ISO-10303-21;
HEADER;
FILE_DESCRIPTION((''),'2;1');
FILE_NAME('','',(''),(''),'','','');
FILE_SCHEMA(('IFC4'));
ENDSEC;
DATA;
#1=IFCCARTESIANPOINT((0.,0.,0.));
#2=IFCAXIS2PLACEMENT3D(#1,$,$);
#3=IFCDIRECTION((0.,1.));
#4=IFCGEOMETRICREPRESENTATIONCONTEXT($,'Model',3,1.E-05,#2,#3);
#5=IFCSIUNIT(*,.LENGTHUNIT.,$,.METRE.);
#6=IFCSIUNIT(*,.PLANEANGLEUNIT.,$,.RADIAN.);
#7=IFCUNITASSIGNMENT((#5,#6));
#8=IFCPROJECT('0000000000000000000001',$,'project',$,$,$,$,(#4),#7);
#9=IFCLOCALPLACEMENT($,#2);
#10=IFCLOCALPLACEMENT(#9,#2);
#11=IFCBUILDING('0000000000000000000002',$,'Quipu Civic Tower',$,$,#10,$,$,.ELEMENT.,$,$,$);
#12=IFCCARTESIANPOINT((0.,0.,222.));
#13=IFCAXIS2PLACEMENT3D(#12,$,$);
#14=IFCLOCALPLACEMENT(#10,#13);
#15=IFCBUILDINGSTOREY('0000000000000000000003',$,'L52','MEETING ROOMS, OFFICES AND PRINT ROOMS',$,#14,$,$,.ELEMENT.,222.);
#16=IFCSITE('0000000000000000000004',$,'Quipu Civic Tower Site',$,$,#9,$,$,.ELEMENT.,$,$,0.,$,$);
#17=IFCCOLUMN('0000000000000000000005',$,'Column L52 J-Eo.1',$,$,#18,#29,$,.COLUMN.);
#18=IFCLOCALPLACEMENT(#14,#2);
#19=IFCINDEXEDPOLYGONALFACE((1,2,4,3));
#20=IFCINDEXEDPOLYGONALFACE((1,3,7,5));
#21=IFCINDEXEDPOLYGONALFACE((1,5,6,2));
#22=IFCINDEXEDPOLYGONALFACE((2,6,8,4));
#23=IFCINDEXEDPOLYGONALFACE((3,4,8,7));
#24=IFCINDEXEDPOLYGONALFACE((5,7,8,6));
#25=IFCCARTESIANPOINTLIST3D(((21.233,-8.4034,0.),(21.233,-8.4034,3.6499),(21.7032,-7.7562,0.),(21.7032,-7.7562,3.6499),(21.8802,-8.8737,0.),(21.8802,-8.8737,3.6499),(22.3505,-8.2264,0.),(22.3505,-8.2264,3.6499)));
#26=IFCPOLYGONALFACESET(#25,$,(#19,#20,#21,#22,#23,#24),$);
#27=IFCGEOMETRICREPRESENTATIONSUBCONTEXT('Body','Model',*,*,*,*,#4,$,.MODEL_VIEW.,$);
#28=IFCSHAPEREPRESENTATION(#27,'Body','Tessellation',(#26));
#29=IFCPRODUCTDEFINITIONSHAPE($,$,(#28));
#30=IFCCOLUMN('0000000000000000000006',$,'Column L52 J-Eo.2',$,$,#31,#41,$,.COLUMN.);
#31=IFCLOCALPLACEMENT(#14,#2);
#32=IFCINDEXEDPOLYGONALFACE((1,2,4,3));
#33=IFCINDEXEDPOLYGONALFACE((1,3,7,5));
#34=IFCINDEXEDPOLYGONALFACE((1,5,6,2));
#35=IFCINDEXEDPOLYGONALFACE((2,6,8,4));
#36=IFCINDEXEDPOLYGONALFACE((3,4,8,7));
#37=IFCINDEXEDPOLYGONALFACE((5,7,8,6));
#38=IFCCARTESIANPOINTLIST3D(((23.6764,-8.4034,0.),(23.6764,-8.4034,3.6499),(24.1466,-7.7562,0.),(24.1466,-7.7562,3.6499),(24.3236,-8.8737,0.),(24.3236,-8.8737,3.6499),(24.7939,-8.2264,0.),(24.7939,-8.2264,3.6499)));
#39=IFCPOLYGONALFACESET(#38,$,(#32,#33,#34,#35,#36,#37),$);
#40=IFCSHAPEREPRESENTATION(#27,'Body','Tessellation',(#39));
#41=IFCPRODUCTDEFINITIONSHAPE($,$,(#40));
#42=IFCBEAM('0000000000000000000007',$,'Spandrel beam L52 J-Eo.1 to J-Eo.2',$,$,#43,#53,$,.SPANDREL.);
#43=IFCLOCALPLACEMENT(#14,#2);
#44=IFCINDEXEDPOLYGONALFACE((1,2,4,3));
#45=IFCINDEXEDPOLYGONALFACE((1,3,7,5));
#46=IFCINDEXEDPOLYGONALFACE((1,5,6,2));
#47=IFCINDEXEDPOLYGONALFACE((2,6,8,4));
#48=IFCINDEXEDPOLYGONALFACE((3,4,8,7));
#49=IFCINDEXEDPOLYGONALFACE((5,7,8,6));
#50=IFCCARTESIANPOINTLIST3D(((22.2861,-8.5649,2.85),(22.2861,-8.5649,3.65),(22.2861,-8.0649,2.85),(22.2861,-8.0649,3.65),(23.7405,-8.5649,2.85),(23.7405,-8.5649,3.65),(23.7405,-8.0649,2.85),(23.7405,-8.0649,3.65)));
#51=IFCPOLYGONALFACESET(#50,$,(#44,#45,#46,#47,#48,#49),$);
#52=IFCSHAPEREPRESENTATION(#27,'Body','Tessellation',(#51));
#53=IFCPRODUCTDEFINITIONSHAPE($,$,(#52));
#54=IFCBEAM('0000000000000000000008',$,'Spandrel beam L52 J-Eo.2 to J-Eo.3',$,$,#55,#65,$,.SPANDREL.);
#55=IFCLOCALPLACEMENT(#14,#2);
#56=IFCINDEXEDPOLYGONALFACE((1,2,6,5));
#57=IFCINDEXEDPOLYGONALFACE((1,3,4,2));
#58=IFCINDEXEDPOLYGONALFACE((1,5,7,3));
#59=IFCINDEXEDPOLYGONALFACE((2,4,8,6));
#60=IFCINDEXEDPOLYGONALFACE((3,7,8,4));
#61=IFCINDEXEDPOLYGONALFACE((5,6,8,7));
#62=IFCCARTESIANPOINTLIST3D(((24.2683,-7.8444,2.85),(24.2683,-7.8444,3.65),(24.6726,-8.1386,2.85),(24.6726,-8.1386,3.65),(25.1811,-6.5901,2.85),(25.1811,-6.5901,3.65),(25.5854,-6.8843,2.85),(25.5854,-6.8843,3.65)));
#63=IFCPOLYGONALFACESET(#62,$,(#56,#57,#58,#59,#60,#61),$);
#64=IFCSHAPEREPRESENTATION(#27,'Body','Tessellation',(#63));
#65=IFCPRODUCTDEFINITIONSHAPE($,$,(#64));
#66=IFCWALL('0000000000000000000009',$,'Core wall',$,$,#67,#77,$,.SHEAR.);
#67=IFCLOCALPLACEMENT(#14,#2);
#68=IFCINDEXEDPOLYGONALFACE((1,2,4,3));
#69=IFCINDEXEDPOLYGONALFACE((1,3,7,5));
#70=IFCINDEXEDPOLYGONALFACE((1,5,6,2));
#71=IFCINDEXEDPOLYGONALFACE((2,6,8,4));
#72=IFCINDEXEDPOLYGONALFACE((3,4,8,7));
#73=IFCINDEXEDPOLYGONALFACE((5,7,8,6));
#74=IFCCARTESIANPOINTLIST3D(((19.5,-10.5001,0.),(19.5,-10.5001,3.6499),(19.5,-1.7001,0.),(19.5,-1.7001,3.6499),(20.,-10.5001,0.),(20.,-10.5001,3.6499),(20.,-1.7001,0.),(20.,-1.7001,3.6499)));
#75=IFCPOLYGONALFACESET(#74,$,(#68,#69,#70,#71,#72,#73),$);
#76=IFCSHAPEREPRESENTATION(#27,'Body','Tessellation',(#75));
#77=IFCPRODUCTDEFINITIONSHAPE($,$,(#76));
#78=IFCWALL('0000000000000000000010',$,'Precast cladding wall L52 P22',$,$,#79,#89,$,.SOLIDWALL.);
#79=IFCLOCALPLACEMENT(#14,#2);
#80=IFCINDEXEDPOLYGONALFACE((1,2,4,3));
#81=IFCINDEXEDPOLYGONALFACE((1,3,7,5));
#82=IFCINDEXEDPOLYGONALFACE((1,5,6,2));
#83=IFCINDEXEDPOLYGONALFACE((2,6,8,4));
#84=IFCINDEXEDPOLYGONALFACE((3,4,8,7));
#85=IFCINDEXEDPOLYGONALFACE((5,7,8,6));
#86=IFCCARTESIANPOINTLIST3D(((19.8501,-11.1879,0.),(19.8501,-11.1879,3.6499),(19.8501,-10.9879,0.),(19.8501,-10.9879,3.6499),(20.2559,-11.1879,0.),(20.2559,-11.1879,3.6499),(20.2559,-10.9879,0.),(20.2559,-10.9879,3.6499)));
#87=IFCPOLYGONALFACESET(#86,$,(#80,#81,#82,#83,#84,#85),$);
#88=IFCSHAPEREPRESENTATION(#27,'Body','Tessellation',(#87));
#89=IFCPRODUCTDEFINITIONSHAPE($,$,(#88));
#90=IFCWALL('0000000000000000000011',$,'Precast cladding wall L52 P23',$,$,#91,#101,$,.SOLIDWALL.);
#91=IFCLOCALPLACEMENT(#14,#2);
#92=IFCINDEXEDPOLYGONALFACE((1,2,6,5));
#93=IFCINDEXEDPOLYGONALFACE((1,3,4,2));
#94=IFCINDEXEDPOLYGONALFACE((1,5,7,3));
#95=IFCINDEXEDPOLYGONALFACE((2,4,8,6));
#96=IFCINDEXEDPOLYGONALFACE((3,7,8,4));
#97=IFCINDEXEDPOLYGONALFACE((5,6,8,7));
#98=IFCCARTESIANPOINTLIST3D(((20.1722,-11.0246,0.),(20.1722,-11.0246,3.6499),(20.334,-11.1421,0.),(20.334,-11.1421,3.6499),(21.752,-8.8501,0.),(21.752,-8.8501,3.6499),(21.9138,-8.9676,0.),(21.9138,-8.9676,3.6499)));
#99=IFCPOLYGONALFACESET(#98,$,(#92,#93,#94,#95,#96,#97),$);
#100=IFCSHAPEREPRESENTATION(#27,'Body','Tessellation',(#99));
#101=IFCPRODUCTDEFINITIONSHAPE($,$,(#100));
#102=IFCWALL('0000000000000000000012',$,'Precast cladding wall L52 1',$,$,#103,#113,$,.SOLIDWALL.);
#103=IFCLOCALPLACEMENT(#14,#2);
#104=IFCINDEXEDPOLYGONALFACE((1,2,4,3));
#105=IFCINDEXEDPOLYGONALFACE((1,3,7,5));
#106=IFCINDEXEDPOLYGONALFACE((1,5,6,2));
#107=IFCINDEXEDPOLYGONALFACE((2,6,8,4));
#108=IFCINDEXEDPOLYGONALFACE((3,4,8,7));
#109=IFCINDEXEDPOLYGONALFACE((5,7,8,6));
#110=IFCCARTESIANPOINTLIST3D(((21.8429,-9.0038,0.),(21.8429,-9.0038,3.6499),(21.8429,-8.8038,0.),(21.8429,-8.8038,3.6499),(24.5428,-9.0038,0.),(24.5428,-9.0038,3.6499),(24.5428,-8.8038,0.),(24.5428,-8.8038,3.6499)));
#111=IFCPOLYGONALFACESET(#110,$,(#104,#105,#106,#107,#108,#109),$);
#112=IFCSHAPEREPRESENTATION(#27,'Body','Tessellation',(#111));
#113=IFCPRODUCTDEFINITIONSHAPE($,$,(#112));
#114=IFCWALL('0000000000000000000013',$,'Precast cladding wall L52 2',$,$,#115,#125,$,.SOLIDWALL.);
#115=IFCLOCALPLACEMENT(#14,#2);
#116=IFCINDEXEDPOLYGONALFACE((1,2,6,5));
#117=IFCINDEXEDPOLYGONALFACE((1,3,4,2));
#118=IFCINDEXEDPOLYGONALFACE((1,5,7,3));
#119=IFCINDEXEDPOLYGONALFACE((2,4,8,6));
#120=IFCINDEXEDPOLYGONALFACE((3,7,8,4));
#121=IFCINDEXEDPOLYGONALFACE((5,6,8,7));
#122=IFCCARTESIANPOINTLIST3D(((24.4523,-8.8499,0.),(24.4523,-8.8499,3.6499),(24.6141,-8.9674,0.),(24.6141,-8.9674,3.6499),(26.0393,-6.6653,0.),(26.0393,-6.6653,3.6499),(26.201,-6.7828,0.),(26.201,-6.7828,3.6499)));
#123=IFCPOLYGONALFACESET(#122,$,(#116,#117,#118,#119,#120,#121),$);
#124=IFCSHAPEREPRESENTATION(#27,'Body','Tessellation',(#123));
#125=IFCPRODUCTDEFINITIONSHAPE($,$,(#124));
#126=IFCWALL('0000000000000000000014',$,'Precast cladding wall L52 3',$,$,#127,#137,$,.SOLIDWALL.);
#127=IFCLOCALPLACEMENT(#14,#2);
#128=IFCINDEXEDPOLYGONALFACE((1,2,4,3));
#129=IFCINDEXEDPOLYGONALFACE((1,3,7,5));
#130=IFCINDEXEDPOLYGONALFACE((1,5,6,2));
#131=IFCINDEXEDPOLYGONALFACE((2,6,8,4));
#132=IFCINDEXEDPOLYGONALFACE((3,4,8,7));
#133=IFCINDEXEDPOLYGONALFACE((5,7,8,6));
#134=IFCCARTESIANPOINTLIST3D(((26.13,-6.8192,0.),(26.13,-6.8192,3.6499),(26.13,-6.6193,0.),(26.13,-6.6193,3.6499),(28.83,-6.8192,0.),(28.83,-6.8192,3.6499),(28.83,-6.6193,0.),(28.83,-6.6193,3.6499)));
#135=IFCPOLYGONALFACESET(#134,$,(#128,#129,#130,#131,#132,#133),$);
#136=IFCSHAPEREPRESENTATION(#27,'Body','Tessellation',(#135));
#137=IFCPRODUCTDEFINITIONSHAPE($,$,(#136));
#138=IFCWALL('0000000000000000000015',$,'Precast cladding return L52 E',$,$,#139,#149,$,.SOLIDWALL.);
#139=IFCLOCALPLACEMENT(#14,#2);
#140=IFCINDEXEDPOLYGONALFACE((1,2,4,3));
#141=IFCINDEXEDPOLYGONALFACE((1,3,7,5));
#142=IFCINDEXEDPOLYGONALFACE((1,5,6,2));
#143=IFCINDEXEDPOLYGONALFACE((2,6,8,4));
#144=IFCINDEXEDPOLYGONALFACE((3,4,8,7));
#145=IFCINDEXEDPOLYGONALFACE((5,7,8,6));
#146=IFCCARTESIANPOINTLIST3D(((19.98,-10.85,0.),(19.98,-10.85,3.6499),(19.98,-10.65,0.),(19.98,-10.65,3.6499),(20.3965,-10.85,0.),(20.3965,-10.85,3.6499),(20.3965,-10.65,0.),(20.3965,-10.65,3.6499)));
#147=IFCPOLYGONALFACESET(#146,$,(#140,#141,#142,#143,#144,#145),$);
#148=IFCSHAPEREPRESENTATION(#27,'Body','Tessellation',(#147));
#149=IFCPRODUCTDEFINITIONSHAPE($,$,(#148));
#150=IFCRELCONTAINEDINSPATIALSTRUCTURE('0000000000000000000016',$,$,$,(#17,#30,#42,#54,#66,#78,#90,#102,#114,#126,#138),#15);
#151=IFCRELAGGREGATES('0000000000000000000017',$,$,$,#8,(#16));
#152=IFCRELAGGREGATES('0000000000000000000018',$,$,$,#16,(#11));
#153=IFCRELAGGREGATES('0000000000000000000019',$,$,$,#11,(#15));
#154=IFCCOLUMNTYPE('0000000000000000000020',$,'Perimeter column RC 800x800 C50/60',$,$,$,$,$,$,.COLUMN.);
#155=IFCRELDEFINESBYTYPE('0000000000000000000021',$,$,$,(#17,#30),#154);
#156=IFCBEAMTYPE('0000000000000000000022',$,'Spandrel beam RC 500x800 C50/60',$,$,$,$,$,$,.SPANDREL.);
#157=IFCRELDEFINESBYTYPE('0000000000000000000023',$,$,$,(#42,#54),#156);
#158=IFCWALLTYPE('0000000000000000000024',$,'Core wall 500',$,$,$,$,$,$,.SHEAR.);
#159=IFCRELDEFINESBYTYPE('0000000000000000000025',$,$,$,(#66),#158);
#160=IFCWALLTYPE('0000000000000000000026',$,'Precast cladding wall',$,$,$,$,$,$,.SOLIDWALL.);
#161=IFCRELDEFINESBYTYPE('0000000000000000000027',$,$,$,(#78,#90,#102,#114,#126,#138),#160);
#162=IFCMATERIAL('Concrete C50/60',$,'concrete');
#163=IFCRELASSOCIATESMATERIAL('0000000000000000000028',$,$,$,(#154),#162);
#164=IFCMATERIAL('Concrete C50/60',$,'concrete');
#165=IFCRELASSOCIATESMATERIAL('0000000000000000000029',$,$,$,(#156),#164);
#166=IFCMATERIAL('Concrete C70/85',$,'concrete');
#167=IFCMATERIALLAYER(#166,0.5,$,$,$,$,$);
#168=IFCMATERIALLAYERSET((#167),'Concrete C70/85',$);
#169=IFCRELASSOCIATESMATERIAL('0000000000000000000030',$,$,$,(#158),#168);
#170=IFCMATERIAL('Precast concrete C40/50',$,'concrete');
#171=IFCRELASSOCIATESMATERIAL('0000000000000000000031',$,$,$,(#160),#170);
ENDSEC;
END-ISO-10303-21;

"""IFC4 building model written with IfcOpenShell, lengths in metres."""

from ifc_helpers import new_model, si_unit, direction, frame, frame_2d, origin, origin_2d, place, context, subcontext, project, spatial, rectangle, extrude, material, layer, layer_set, material_profile, profile_set, type_object, element, save


model = new_model("IFC4")

# Units and contexts
model_context = context("Model", 3, precision=1e-05, world=origin(), true_north=direction((0.0, 1.0)))
body_context = subcontext(model_context, "Body", "Model", "MODEL_VIEW")
ifc_project = project(units=[si_unit("LENGTHUNIT", "METRE"), si_unit("PLANEANGLEUNIT", "RADIAN")], contexts=[model_context])

# Site, building, storey
site_placement = place(None, origin())
site = spatial("IfcSite", under=ifc_project, at=site_placement, Name="Quipu Civic Tower Site", CompositionType="ELEMENT", RefElevation=0.0)
building_placement = place(site_placement, origin())
building = spatial("IfcBuilding", under=site, at=building_placement, Name="Quipu Civic Tower", CompositionType="ELEMENT")
storey_placement = place(building_placement, frame((0.0, 0.0, 222.0)))
storey = spatial("IfcBuildingStorey", under=building, at=storey_placement, Name="L52", Description="MEETING ROOMS, OFFICES AND PRINT ROOMS", CompositionType="ELEMENT", Elevation=222.0)

# Columns
ifc_material_1 = material(Name="Concrete C50/60", Category="concrete")
ifc_material_profile_1 = material_profile(ifc_material_1, rectangle(XDim=0.8, YDim=0.8, at=origin_2d()), Name="RC800x800")
ifc_profile_set_1 = profile_set([ifc_material_profile_1], Name="Concrete C50/60")
column_type = type_object("IfcColumnType", Name="Perimeter column RC 800x800 C50/60", PredefinedType="COLUMN", material=ifc_profile_set_1)
for number, where, z_axis, x_axis, name in (
    (1, (21.7917, -8.3149, 0.0), (0.0, 0.0, 1.0), (0.587785, 0.809017, 0.0), "Column L52 J-Eo.1"),
    (2, (24.2351, -8.3149, 0.0), (0.0, 0.0, 1.0), (0.587785, 0.809017, 0.0), "Column L52 J-Eo.2"),
):
    element("IfcColumn", number, at=place(storey_placement, frame(where, z_axis=z_axis, x_axis=x_axis)), inside=storey, type_object=column_type, Name=name, PredefinedType="COLUMN", context=body_context, shape_type="SweptSolid", body=[
        extrude(rectangle(XDim=0.8, YDim=0.8, at=origin_2d()), origin(), (0.0, 0.0, 1.0), 3.6499),
    ])

# Beams
ifc_material_2 = material(Name="Concrete C50/60", Category="concrete")
ifc_material_profile_2 = material_profile(ifc_material_2, rectangle(XDim=0.5, YDim=0.8, at=origin_2d()), Name="RC500x800")
ifc_profile_set_2 = profile_set([ifc_material_profile_2], Name="Concrete C50/60")
beam_type = type_object("IfcBeamType", Name="Spandrel beam RC 500x800 C50/60", PredefinedType="SPANDREL", material=ifc_profile_set_2)
beam_1_placement = place(storey_placement, frame((22.2861, -8.3149, 3.25), z_axis=(1.0, 0.0, 0.0), x_axis=(0.0, 1.0, 0.0)))
element("IfcBeam", 3, at=beam_1_placement, inside=storey, type_object=beam_type, Name="Spandrel beam L52 J-Eo.1 to J-Eo.2", PredefinedType="SPANDREL", context=body_context, shape_type="SweptSolid", body=[
    extrude(rectangle(XDim=0.5, YDim=0.8, at=origin_2d()), origin(), (0.0, 0.0, 1.0), 1.4543),
])
beam_2_placement = place(storey_placement, frame((24.4705, -7.9915, 3.25), z_axis=(0.588406, 0.808566, 0.0), x_axis=(-0.808566, 0.588406, 0.0)))
element("IfcBeam", 4, at=beam_2_placement, inside=storey, type_object=beam_type, Name="Spandrel beam L52 J-Eo.2 to J-Eo.3", PredefinedType="SPANDREL", context=body_context, shape_type="SweptSolid", body=[
    extrude(rectangle(XDim=0.5, YDim=0.8, at=origin_2d()), origin(), (0.0, 0.0, 1.0), 1.5513),
])

# Walls
ifc_material_3 = material(Name="Concrete C70/85", Category="concrete")
ifc_layer = layer(ifc_material_3, 0.5)
ifc_layer_set = layer_set([ifc_layer], Name="Concrete C70/85")
wall_type_1 = type_object("IfcWallType", Name="Core wall 500", PredefinedType="SHEAR", material=ifc_layer_set)
wall_1_placement = place(storey_placement, frame((19.75, -10.5, 0.0), z_axis=(0.0, 0.0, 1.0), x_axis=(0.0, 1.0, 0.0)))
element("IfcWall", 5, at=wall_1_placement, inside=storey, type_object=wall_type_1, Name="Core wall", PredefinedType="SHEAR", context=body_context, shape_type="SweptSolid", body=[
    extrude(rectangle(XDim=8.8, YDim=0.5, at=frame_2d((4.3999, 0.0))), origin(), (0.0, 0.0, 1.0), 3.6499),
])
ifc_material_4 = material(Name="Precast concrete C40/50", Category="concrete")
wall_type_2 = type_object("IfcWallType", Name="Precast cladding wall", PredefinedType="SOLIDWALL", material=ifc_material_4)
wall_2_placement = place(storey_placement, frame((19.8501, -11.0879, 0.0), z_axis=(0.0, 0.0, 1.0), x_axis=(1.0, 0.0, 0.0)))
element("IfcWall", 6, at=wall_2_placement, inside=storey, type_object=wall_type_2, Name="Precast cladding wall L52 P22", PredefinedType="SOLIDWALL", context=body_context, shape_type="SweptSolid", body=[
    extrude(rectangle(XDim=0.4058, YDim=0.2, at=frame_2d((0.2029, 0.0))), origin(), (0.0, 0.0, 1.0), 3.6499),
])
wall_3_placement = place(storey_placement, frame((20.2532, -11.0833, 0.0), z_axis=(0.0, 0.0, 1.0), x_axis=(0.587767, 0.809031, 0.0)))
element("IfcWall", 7, at=wall_3_placement, inside=storey, type_object=wall_type_2, Name="Precast cladding wall L52 P23", PredefinedType="SOLIDWALL", context=body_context, shape_type="SweptSolid", body=[
    extrude(rectangle(XDim=2.6877, YDim=0.2, at=frame_2d((1.3438, 0.0))), origin(), (0.0, 0.0, 1.0), 3.6499),
])
wall_4_placement = place(storey_placement, frame((21.8428, -8.9038, 0.0), z_axis=(0.0, 0.0, 1.0), x_axis=(1.0, 0.0, 0.0)))
element("IfcWall", 8, at=wall_4_placement, inside=storey, type_object=wall_type_2, Name="Precast cladding wall L52 1", PredefinedType="SOLIDWALL", context=body_context, shape_type="SweptSolid", body=[
    extrude(rectangle(XDim=2.7, YDim=0.2, at=frame_2d((1.3501, 0.0))), origin(), (0.0, 0.0, 1.0), 3.6499),
])
wall_5_placement = place(storey_placement, frame((24.5332, -8.9087, 0.0), z_axis=(0.0, 0.0, 1.0), x_axis=(0.58772, 0.809064, 0.0)))
element("IfcWall", 9, at=wall_5_placement, inside=storey, type_object=wall_type_2, Name="Precast cladding wall L52 2", PredefinedType="SOLIDWALL", context=body_context, shape_type="SweptSolid", body=[
    extrude(rectangle(XDim=2.7002, YDim=0.2, at=frame_2d((1.3501, 0.0))), origin(), (0.0, 0.0, 1.0), 3.6499),
])
wall_6_placement = place(storey_placement, frame((26.1299, -6.7192, 0.0), z_axis=(0.0, 0.0, 1.0), x_axis=(1.0, 0.0, 0.0)))
element("IfcWall", 10, at=wall_6_placement, inside=storey, type_object=wall_type_2, Name="Precast cladding wall L52 3", PredefinedType="SOLIDWALL", context=body_context, shape_type="SweptSolid", body=[
    extrude(rectangle(XDim=2.7, YDim=0.2, at=frame_2d((1.3501, 0.0))), origin(), (0.0, 0.0, 1.0), 3.6499),
])
wall_7_placement = place(storey_placement, frame((19.98, -10.75, 0.0), z_axis=(0.0, 0.0, 1.0), x_axis=(1.0, 0.0, 0.0)))
element("IfcWall", 11, at=wall_7_placement, inside=storey, type_object=wall_type_2, Name="Precast cladding return L52 E", PredefinedType="SOLIDWALL", context=body_context, shape_type="SweptSolid", body=[
    extrude(rectangle(XDim=0.4165, YDim=0.2, at=frame_2d((0.2083, 0.0))), origin(), (0.0, 0.0, 1.0), 3.6499),
])

save(model, "model.ifc")
